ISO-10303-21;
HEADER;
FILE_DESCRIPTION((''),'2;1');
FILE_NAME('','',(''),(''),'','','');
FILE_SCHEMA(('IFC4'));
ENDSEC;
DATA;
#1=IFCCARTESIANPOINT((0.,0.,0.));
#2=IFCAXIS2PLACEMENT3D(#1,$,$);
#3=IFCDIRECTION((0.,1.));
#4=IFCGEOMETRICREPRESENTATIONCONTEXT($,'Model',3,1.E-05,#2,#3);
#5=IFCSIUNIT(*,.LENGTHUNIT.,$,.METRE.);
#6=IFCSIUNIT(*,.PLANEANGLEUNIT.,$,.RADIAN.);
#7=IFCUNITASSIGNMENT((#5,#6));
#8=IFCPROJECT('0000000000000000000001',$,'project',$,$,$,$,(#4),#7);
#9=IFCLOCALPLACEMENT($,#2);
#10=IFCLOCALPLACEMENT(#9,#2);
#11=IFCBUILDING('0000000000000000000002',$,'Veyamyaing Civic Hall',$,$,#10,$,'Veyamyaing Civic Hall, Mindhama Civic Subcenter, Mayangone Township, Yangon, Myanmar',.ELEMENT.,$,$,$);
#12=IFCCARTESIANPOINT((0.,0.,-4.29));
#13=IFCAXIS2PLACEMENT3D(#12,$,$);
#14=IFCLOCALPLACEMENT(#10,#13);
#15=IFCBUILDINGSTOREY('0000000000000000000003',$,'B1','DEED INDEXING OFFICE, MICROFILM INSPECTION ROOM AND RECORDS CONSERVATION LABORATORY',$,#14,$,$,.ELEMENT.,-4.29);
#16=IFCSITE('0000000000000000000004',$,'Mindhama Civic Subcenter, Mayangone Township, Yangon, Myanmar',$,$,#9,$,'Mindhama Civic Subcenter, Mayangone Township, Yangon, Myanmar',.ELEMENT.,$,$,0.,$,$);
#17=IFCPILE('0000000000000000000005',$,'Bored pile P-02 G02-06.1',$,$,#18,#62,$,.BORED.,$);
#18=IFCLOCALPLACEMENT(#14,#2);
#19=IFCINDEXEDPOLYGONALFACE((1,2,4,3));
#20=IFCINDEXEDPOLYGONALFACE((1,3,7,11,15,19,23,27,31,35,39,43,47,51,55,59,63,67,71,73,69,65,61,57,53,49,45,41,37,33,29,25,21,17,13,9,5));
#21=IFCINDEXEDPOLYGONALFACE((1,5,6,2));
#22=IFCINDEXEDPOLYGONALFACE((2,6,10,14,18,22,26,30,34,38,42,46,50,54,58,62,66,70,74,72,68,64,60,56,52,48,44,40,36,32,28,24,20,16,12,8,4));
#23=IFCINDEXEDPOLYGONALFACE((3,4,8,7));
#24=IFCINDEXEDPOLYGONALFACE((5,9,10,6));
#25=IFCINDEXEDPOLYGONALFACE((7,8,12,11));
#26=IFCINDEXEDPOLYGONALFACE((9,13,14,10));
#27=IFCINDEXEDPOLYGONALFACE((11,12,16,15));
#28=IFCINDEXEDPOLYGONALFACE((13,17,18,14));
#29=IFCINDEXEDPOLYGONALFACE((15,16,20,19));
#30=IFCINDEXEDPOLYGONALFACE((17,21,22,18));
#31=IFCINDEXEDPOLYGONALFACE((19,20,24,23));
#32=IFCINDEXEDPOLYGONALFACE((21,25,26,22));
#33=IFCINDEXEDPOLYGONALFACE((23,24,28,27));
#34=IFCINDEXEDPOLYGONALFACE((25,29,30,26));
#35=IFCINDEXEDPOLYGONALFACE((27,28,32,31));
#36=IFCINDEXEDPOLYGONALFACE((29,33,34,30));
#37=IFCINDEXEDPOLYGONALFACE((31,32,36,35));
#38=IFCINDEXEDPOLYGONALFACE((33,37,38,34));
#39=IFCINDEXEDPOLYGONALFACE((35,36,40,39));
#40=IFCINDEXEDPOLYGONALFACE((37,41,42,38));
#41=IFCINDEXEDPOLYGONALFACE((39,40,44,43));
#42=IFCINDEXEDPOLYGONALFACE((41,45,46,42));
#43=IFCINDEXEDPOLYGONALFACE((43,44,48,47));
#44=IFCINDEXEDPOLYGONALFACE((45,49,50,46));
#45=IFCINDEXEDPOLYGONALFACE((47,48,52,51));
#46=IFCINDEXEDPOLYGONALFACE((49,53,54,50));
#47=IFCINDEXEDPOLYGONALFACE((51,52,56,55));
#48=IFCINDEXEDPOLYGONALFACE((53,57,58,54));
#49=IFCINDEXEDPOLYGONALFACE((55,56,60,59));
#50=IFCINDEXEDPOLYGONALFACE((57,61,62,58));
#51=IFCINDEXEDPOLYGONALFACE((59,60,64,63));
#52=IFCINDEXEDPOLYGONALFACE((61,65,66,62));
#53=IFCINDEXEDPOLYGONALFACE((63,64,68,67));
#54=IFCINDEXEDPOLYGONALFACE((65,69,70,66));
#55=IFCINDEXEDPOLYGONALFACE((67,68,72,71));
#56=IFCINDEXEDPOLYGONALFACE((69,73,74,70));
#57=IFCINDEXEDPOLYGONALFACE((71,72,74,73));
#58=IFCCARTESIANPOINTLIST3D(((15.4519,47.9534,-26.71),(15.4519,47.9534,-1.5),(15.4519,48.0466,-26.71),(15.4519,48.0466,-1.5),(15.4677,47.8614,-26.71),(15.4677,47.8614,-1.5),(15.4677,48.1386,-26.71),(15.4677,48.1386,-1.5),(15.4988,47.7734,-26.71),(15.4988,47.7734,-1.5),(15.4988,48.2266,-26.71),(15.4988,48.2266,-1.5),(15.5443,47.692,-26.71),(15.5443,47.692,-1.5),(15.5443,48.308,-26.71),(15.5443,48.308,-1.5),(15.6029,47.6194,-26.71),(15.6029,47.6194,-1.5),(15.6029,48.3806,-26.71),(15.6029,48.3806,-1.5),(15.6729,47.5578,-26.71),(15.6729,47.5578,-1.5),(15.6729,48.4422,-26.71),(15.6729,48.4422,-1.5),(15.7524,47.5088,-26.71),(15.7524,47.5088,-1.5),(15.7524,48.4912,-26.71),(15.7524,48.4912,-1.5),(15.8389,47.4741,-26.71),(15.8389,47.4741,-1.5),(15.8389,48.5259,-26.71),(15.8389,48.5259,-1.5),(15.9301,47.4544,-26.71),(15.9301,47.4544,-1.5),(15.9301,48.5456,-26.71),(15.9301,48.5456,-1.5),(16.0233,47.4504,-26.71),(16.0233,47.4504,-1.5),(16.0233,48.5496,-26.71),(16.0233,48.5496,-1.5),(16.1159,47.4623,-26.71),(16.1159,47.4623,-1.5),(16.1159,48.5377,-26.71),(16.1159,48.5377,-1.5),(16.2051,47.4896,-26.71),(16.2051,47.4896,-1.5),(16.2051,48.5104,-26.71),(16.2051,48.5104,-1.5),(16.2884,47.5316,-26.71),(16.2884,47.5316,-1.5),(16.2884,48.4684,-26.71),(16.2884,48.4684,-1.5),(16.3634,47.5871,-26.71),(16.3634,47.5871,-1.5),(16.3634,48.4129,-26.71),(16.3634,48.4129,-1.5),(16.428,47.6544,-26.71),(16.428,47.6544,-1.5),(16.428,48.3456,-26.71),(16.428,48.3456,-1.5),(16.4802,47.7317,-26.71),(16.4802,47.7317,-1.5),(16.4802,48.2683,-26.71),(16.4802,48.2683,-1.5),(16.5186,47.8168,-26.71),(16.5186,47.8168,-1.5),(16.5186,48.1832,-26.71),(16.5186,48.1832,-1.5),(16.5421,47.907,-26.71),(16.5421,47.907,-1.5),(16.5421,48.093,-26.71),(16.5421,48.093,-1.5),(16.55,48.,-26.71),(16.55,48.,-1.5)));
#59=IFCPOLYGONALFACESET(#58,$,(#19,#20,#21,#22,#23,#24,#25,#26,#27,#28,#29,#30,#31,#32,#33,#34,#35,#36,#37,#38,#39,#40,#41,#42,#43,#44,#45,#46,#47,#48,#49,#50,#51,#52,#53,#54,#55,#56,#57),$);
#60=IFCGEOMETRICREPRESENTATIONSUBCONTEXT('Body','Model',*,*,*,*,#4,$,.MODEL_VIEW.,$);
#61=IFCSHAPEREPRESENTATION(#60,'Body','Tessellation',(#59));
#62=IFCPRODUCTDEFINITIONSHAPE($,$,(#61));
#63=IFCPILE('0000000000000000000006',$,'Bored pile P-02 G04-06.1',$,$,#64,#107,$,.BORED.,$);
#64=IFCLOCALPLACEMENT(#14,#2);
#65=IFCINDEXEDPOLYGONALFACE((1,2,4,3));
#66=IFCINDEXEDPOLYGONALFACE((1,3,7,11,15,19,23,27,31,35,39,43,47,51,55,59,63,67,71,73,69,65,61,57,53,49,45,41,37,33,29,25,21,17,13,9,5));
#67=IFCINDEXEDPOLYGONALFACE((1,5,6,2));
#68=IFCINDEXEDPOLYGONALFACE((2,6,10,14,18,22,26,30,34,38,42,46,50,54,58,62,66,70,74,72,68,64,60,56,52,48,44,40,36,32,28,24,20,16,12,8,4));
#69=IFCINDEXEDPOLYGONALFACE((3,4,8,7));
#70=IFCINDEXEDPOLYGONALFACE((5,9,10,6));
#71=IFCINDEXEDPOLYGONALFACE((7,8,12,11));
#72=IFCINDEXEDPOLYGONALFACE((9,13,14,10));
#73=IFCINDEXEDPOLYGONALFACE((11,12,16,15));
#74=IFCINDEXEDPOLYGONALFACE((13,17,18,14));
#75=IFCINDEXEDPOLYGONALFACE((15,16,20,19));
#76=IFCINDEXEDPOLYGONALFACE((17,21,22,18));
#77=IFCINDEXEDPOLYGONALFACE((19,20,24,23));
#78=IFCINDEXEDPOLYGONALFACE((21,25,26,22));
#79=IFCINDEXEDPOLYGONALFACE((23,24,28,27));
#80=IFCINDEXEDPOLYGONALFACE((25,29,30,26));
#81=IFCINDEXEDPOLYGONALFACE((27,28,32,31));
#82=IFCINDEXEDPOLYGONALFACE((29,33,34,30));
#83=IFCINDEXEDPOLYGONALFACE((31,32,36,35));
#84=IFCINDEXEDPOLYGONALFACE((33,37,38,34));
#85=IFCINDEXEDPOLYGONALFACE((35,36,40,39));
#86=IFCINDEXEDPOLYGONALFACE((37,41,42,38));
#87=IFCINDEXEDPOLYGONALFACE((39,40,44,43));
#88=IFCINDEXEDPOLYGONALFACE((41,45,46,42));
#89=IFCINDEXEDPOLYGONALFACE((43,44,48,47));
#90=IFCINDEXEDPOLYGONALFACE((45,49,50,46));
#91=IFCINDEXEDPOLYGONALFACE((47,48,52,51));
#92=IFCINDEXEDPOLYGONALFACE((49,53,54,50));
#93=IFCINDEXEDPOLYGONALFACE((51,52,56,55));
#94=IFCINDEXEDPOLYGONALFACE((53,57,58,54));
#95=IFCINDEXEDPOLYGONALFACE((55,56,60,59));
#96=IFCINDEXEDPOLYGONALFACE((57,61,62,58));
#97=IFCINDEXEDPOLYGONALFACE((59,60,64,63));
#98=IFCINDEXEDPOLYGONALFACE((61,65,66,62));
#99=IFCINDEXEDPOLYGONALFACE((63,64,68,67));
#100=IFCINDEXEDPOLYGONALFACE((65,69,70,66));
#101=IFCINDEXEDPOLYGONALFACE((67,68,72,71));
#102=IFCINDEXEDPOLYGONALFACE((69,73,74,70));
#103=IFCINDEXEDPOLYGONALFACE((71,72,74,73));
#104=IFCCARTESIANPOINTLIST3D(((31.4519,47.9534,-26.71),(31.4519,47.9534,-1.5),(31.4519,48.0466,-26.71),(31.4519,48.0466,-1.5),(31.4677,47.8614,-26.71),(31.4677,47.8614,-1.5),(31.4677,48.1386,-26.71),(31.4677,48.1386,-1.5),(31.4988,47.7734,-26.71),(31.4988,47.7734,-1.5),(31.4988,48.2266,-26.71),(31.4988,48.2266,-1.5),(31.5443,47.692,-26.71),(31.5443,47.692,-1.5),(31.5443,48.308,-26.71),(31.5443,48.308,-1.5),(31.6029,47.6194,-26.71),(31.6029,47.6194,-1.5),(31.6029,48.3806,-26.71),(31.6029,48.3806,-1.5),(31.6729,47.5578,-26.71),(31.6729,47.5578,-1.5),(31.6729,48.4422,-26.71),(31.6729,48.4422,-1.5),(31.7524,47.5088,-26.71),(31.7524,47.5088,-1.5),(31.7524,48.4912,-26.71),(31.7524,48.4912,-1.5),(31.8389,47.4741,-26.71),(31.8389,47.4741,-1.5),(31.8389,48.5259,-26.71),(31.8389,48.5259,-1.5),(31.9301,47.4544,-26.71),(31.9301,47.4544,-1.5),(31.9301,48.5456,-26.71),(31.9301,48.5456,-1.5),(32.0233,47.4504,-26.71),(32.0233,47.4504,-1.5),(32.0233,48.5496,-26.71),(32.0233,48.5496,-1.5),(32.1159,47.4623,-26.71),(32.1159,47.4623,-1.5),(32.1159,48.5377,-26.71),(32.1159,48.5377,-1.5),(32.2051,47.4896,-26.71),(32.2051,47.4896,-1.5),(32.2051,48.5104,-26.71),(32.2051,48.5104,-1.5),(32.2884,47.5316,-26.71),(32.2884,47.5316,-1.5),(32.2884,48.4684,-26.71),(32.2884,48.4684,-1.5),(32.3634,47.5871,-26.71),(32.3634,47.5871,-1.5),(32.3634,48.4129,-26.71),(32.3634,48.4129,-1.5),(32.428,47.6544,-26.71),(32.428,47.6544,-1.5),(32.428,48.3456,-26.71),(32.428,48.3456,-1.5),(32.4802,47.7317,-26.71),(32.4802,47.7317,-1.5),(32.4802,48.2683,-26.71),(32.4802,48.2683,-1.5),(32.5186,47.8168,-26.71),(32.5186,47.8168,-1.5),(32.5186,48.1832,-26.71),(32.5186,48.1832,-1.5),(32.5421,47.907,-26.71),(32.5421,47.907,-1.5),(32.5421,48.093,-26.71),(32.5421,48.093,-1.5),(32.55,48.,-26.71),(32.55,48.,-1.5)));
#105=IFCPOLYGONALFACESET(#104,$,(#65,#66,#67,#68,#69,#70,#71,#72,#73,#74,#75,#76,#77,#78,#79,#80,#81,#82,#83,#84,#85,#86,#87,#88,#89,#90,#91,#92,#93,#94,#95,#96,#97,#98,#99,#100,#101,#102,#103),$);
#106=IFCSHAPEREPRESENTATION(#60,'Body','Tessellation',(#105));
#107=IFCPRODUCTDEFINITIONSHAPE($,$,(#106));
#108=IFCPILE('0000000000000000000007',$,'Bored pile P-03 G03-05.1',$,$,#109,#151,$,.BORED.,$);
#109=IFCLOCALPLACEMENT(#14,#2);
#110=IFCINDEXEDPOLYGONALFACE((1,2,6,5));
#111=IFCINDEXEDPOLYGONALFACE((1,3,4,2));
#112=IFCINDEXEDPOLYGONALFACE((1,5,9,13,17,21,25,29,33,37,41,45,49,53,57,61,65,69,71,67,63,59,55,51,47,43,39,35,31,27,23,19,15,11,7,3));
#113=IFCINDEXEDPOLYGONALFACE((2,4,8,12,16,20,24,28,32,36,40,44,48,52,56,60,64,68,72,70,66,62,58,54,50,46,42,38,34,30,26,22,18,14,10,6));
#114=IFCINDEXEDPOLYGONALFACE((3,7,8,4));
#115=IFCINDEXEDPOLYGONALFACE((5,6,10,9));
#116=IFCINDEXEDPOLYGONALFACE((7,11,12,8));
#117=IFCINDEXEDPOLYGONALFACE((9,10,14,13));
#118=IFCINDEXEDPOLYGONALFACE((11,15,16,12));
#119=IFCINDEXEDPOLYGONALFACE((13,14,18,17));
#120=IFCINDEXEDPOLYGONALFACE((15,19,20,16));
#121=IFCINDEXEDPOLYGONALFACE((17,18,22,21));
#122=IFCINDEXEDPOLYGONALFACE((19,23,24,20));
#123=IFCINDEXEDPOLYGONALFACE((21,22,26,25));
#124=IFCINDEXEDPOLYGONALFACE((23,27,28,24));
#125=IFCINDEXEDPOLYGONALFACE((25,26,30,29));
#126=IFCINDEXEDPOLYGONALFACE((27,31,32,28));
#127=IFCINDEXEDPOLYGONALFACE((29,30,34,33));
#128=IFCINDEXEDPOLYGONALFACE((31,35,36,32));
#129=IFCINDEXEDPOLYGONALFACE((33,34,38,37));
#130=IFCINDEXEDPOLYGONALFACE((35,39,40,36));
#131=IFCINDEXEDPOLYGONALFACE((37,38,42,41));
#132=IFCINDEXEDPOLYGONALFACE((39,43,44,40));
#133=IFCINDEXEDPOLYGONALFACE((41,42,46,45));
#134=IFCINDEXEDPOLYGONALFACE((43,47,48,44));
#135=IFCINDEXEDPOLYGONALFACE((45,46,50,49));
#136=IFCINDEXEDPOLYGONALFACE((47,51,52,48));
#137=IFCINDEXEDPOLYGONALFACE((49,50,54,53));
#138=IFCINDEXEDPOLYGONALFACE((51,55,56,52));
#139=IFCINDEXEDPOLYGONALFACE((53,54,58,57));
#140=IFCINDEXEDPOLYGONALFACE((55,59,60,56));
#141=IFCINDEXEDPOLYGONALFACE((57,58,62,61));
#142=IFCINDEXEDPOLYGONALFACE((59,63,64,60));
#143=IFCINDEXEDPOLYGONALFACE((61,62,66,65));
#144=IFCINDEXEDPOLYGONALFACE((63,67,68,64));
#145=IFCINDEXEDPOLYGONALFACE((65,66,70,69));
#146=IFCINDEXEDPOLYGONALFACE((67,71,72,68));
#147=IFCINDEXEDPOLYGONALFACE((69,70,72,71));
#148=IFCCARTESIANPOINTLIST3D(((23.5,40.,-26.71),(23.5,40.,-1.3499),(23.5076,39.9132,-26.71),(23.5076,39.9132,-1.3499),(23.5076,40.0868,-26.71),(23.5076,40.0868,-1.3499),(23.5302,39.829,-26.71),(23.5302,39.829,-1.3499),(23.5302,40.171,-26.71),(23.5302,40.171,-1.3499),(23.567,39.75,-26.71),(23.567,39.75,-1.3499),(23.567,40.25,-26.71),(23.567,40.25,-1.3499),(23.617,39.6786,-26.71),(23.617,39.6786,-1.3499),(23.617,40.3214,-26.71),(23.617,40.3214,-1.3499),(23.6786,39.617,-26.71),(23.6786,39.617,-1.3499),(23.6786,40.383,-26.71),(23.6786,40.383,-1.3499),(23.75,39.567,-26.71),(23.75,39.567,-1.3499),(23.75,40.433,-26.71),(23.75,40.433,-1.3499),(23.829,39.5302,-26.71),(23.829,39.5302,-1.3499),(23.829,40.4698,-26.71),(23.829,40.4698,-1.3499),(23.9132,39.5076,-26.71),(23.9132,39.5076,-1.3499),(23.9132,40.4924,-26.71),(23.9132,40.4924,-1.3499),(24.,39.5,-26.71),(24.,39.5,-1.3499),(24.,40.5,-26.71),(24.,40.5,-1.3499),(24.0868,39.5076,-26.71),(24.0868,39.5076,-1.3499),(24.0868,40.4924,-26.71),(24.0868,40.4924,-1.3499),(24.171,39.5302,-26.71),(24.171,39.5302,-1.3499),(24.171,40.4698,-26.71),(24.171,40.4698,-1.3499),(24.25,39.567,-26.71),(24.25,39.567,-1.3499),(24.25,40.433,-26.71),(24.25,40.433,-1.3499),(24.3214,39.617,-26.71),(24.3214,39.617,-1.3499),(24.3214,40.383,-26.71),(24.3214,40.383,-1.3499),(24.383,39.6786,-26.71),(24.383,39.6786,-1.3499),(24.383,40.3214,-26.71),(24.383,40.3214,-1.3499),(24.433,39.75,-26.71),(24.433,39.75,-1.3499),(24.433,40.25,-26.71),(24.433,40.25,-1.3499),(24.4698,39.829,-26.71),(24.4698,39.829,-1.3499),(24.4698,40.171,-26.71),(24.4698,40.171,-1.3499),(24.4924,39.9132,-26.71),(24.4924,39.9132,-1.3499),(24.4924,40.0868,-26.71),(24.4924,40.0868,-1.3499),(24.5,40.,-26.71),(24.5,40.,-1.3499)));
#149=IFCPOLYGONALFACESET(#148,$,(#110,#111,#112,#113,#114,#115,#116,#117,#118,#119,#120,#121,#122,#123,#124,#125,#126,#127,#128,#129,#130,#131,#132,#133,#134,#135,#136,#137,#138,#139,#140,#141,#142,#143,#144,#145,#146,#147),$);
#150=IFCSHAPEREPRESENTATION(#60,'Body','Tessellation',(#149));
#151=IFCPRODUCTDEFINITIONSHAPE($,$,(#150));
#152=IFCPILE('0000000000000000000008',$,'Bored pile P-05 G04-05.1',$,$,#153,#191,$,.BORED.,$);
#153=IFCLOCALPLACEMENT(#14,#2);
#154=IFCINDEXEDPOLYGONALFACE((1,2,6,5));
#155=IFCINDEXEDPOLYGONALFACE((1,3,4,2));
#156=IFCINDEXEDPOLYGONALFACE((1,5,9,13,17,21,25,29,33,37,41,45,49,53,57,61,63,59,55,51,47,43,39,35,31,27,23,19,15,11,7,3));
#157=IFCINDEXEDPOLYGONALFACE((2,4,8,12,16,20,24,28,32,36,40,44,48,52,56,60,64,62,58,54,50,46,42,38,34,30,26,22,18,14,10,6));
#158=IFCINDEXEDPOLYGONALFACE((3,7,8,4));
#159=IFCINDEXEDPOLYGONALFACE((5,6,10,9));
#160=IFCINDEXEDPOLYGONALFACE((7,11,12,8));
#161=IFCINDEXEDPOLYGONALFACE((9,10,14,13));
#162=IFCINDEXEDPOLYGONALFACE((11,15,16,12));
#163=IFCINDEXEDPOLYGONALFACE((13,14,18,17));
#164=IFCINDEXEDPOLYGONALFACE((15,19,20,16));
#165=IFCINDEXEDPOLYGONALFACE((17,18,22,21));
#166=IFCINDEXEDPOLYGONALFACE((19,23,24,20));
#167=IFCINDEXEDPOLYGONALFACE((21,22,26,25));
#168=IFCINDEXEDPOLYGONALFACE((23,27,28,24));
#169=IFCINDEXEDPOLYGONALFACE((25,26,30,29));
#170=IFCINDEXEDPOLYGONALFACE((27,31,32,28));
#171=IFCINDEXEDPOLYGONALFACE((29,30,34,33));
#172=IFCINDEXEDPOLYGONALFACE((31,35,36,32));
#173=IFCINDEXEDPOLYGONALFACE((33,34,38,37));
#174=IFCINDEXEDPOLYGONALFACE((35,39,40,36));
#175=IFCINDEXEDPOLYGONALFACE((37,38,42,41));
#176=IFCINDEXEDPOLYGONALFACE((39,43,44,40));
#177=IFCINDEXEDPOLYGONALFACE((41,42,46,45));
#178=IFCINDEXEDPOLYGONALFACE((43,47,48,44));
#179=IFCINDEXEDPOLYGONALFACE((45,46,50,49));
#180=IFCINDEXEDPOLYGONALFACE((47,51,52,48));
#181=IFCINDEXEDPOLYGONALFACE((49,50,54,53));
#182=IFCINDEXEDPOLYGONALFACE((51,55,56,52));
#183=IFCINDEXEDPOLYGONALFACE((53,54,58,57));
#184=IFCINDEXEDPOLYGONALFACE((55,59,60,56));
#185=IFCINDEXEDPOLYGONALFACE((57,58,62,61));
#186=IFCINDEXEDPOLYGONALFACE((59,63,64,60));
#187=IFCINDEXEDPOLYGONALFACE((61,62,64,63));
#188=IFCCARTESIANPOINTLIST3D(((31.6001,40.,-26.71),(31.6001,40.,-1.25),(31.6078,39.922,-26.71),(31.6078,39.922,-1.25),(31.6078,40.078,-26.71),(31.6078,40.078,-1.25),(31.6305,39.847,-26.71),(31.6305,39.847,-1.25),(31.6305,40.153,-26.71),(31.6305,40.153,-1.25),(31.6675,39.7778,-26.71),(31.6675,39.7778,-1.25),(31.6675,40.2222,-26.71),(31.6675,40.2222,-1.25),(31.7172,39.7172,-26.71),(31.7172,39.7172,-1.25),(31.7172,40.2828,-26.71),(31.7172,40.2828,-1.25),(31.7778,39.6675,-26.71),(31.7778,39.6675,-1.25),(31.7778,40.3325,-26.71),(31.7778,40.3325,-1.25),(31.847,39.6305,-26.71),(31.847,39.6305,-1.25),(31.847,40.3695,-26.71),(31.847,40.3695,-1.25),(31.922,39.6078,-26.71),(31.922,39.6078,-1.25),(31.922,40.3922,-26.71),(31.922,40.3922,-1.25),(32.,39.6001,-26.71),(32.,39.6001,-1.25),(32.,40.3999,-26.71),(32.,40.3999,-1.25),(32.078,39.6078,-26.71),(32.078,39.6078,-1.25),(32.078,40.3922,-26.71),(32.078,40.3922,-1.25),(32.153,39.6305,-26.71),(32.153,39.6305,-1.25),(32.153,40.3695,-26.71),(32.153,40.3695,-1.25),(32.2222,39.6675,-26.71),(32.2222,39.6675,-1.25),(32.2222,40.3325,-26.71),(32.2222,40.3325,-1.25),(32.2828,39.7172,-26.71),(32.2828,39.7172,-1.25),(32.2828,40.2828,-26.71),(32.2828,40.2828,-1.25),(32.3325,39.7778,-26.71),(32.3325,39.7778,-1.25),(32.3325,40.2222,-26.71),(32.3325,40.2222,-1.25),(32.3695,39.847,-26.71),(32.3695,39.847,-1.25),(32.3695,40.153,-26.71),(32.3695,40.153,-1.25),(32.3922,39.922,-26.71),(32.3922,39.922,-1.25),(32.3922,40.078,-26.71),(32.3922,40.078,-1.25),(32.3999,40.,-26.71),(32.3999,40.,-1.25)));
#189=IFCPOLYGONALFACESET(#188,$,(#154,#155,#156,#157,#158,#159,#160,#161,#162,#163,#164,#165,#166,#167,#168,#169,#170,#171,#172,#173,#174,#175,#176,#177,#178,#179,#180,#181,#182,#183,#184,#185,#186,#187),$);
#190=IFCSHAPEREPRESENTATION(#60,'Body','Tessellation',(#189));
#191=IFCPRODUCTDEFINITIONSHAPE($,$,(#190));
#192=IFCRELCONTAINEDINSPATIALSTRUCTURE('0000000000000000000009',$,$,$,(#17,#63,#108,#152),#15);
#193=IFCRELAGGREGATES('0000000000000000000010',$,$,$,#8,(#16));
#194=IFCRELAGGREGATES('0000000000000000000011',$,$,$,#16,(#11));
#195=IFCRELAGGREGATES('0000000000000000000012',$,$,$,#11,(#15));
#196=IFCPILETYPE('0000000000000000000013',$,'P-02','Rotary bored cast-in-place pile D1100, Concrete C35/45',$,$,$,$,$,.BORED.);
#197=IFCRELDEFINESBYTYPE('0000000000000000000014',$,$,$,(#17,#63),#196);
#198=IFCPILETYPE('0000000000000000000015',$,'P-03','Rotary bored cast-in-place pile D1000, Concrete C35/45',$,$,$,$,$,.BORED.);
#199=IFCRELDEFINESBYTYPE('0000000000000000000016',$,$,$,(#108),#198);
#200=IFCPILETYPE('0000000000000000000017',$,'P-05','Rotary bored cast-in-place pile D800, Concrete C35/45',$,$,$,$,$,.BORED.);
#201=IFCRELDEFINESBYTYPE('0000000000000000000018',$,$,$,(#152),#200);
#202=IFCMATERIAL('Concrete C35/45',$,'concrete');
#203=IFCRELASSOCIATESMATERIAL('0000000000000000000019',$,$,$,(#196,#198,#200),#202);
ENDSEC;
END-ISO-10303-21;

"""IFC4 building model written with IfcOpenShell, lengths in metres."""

from ifc_helpers import new_model, si_unit, direction, frame, origin, origin_2d, place, context, subcontext, project, spatial, circle, extrude, material, material_profile, profile_set, type_object, element, save


model = new_model("IFC4")

# Units and contexts
model_context = context("Model", 3, precision=1e-05, world=origin(), true_north=direction((0.0, 1.0)))
body_context = subcontext(model_context, "Body", "Model", "MODEL_VIEW")
ifc_project = project(units=[si_unit("LENGTHUNIT", "METRE"), si_unit("PLANEANGLEUNIT", "RADIAN")], contexts=[model_context])

# Site, building, storey
site_placement = place(None, origin())
site = spatial("IfcSite", under=ifc_project, at=site_placement, Name="Mindhama Civic Subcenter, Mayangone Township, Yangon, Myanmar", LongName="Mindhama Civic Subcenter, Mayangone Township, Yangon, Myanmar", CompositionType="ELEMENT", RefElevation=0.0)
building_placement = place(site_placement, origin())
building = spatial("IfcBuilding", under=site, at=building_placement, Name="Veyamyaing Civic Hall", LongName="Veyamyaing Civic Hall, Mindhama Civic Subcenter, Mayangone Township, Yangon, Myanmar", CompositionType="ELEMENT")
storey_placement = place(building_placement, frame((0.0, 0.0, -4.29)))
storey = spatial("IfcBuildingStorey", under=building, at=storey_placement, Name="B1", Description="DEED INDEXING OFFICE, MICROFILM INSPECTION ROOM AND RECORDS CONSERVATION LABORATORY", CompositionType="ELEMENT", Elevation=-4.29)

# Piles
ifc_material_1 = material(Name="Concrete C35/45", Category="concrete")
ifc_material_profile_1 = material_profile(ifc_material_1, circle(Radius=0.55, at=origin_2d()), Name="PILE-D1100")
ifc_profile_set_1 = profile_set([ifc_material_profile_1], Name="Concrete C35/45")
pile_type_1 = type_object("IfcPileType", Name="P-02", Description="Rotary bored cast-in-place pile D1100, Concrete C35/45", PredefinedType="BORED", material=ifc_profile_set_1)
for number, where, z_axis, x_axis, name in (
    (1, (16.0, 48.0, -1.5), (0.0, 0.0, -1.0), (1.0, 0.0, 0.0), "Bored pile P-02 G02-06.1"),
    (2, (32.0, 48.0, -1.5), (0.0, 0.0, -1.0), (1.0, 0.0, 0.0), "Bored pile P-02 G04-06.1"),
):
    element("IfcPile", number, at=place(storey_placement, frame(where, z_axis=z_axis, x_axis=x_axis)), inside=storey, type_object=pile_type_1, Name=name, PredefinedType="BORED", context=body_context, shape_type="SweptSolid", body=[
        extrude(circle(Radius=0.55, at=origin_2d()), origin(), (0.0, 0.0, 1.0), 25.21),
    ])
ifc_material_profile_2 = material_profile(ifc_material_1, circle(Radius=0.5, at=origin_2d()), Name="PILE-D1000")
ifc_profile_set_2 = profile_set([ifc_material_profile_2], Name="Concrete C35/45")
pile_type_2 = type_object("IfcPileType", Name="P-03", Description="Rotary bored cast-in-place pile D1000, Concrete C35/45", PredefinedType="BORED", material=ifc_profile_set_2)
pile_1_placement = place(storey_placement, frame((24.0, 40.0, -1.3499), z_axis=(0.0, 0.0, -1.0), x_axis=(1.0, 0.0, 0.0)))
element("IfcPile", 3, at=pile_1_placement, inside=storey, type_object=pile_type_2, Name="Bored pile P-03 G03-05.1", PredefinedType="BORED", context=body_context, shape_type="SweptSolid", body=[
    extrude(circle(Radius=0.5, at=origin_2d()), origin(), (0.0, 0.0, 1.0), 25.3601),
])
ifc_material_profile_3 = material_profile(ifc_material_1, circle(Radius=0.3999, at=origin_2d()), Name="PILE-D800")
ifc_profile_set_3 = profile_set([ifc_material_profile_3], Name="Concrete C35/45")
pile_type_3 = type_object("IfcPileType", Name="P-05", Description="Rotary bored cast-in-place pile D800, Concrete C35/45", PredefinedType="BORED", material=ifc_profile_set_3)
pile_2_placement = place(storey_placement, frame((32.0, 40.0, -1.25), z_axis=(0.0, 0.0, -1.0), x_axis=(1.0, 0.0, 0.0)))
element("IfcPile", 4, at=pile_2_placement, inside=storey, type_object=pile_type_3, Name="Bored pile P-05 G04-05.1", PredefinedType="BORED", context=body_context, shape_type="SweptSolid", body=[
    extrude(circle(Radius=0.3999, at=origin_2d()), origin(), (0.0, 0.0, 1.0), 25.46),
])

save(model, "model.ifc")
